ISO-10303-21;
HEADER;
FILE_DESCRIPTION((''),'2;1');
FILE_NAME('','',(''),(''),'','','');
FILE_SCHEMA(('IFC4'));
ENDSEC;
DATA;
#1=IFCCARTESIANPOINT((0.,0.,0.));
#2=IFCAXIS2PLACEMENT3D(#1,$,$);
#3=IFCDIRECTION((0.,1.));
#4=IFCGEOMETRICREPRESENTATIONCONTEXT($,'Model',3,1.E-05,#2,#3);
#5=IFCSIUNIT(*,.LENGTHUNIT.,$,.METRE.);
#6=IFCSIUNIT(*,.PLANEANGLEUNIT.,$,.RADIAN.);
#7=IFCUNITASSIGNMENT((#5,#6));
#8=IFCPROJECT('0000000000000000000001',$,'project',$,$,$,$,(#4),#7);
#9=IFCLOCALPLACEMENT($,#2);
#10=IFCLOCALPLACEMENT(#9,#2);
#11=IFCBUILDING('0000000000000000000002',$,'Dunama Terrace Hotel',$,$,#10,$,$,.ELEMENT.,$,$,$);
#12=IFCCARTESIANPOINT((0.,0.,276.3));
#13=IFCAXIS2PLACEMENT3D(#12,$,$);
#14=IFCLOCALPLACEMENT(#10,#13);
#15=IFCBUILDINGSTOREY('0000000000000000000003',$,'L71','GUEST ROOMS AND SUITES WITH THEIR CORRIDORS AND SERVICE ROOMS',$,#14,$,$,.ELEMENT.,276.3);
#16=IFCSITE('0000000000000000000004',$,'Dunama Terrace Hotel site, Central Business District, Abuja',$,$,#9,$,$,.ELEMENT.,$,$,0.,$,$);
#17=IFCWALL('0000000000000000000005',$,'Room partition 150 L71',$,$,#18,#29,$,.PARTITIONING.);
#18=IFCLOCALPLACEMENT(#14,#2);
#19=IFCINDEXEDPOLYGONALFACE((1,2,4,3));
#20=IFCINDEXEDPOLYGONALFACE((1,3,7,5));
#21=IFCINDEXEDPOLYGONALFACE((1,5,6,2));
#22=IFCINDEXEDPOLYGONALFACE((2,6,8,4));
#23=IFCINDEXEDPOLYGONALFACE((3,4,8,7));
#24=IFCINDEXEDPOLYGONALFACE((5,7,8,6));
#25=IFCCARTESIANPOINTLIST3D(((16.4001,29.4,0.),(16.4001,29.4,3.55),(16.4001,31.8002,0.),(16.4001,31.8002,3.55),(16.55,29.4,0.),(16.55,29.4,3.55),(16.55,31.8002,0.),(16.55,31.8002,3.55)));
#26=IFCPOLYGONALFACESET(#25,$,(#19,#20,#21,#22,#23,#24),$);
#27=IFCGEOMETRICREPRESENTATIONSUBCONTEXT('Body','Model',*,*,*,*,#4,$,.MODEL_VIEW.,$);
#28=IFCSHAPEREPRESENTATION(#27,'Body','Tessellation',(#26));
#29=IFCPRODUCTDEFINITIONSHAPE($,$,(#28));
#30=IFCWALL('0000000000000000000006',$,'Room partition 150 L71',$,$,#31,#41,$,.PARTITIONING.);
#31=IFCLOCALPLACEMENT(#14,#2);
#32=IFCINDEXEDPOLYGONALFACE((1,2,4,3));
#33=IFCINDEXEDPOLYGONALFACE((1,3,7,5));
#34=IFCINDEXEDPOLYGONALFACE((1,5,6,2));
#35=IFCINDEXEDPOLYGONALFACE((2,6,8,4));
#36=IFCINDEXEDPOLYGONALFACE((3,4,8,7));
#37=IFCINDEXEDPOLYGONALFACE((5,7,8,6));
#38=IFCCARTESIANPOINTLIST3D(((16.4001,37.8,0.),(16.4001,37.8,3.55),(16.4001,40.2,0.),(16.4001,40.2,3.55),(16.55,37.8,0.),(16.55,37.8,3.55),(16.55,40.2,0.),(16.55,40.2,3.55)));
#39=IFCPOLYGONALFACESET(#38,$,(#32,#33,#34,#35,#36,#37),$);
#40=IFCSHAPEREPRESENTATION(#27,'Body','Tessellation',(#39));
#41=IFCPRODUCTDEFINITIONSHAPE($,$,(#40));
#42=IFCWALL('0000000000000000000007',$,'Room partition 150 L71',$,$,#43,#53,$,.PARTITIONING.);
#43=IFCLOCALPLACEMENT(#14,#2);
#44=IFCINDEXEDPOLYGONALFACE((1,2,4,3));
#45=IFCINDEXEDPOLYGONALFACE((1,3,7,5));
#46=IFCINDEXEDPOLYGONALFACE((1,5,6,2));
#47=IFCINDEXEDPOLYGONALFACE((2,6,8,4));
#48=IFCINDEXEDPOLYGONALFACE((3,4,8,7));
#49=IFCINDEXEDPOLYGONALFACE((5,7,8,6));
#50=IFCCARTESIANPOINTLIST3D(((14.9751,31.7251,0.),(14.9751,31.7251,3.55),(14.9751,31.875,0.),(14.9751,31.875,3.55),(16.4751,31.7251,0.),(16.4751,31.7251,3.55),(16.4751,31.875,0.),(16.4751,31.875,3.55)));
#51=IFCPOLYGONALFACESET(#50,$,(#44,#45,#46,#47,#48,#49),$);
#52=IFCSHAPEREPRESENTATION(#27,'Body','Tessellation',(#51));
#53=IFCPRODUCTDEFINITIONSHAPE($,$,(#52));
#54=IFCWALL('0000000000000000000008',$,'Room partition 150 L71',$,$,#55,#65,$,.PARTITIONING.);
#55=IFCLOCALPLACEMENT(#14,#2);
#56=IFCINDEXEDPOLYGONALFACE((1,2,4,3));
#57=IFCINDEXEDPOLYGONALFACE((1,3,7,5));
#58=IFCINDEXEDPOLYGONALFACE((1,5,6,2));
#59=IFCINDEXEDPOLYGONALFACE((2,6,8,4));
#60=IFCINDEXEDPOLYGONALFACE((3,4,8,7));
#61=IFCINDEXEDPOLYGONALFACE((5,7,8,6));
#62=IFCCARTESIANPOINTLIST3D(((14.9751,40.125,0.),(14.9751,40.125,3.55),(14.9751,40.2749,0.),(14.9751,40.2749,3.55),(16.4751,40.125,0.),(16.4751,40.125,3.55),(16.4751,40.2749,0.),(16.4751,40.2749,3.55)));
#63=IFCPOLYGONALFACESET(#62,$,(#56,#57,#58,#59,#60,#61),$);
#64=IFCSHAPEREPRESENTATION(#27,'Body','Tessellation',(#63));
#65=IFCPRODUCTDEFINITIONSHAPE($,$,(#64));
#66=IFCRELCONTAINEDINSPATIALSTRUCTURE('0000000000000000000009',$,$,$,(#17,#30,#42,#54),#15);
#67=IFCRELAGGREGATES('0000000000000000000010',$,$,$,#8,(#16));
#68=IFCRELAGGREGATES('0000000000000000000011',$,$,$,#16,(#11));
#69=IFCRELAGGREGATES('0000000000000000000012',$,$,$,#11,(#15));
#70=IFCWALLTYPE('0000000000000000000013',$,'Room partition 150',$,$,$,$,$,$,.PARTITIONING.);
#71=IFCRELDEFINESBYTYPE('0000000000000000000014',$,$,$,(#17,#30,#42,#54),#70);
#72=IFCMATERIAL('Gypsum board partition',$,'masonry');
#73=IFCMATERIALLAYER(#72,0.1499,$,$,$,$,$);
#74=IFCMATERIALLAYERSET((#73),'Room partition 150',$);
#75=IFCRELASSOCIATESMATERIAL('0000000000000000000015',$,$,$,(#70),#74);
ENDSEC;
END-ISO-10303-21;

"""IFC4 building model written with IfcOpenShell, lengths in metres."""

from ifc_helpers import new_model, si_unit, direction, frame, frame_2d, origin, place, context, subcontext, project, spatial, rectangle, extrude, material, layer, layer_set, type_object, element, save


model = new_model("IFC4")

# Units and contexts
model_context = context("Model", 3, precision=1e-05, world=origin(), true_north=direction((0.0, 1.0)))
body_context = subcontext(model_context, "Body", "Model", "MODEL_VIEW")
ifc_project = project(units=[si_unit("LENGTHUNIT", "METRE"), si_unit("PLANEANGLEUNIT", "RADIAN")], contexts=[model_context])

# Site, building, storey
site_placement = place(None, origin())
site = spatial("IfcSite", under=ifc_project, at=site_placement, Name="Dunama Terrace Hotel site, Central Business District, Abuja", CompositionType="ELEMENT", RefElevation=0.0)
building_placement = place(site_placement, origin())
building = spatial("IfcBuilding", under=site, at=building_placement, Name="Dunama Terrace Hotel", CompositionType="ELEMENT")
storey_placement = place(building_placement, frame((0.0, 0.0, 276.3)))
storey = spatial("IfcBuildingStorey", under=building, at=storey_placement, Name="L71", Description="GUEST ROOMS AND SUITES WITH THEIR CORRIDORS AND SERVICE ROOMS", CompositionType="ELEMENT", Elevation=276.3)

# Shared definitions
ifc_material_1 = material(Name="Gypsum board partition", Category="masonry")
ifc_layer_1 = layer(ifc_material_1, 0.1499)
ifc_layer_set_1 = layer_set([ifc_layer_1], Name="Room partition 150")
wall_type_1 = type_object("IfcWallType", Name="Room partition 150", PredefinedType="PARTITIONING", material=ifc_layer_set_1)

# Walls
wall_1_placement = place(storey_placement, frame((16.4751, 29.3999, 0.0), z_axis=(0.0, 0.0, 1.0), x_axis=(0.0, 1.0, 0.0)))
element("IfcWall", 1, at=wall_1_placement, inside=storey, type_object=wall_type_1, Name="Room partition 150 L71", PredefinedType="PARTITIONING", context=body_context, shape_type="SweptSolid", body=[
    extrude(rectangle(XDim=2.4001, YDim=0.1499, at=frame_2d((1.2002, 0.0))), origin(), (0.0, 0.0, 1.0), 3.55),
])
wall_2_placement = place(storey_placement, frame((16.4751, 37.8, 0.0), z_axis=(0.0, 0.0, 1.0), x_axis=(0.0, 1.0, 0.0)))
element("IfcWall", 2, at=wall_2_placement, inside=storey, type_object=wall_type_1, Name="Room partition 150 L71", PredefinedType="PARTITIONING", context=body_context, shape_type="SweptSolid", body=[
    extrude(rectangle(XDim=2.3999, YDim=0.1499, at=frame_2d((1.2, 0.0))), origin(), (0.0, 0.0, 1.0), 3.55),
])
for number, where, z_axis, x_axis, name in (
    (3, (14.9751, 31.8, 0.0), (0.0, 0.0, 1.0), (1.0, 0.0, 0.0), "Room partition 150 L71"),
    (4, (14.9751, 40.2, 0.0), (0.0, 0.0, 1.0), (1.0, 0.0, 0.0), "Room partition 150 L71"),
):
    element("IfcWall", number, at=place(storey_placement, frame(where, z_axis=z_axis, x_axis=x_axis)), inside=storey, type_object=wall_type_1, Name=name, PredefinedType="PARTITIONING", context=body_context, shape_type="SweptSolid", body=[
        extrude(rectangle(XDim=1.5, YDim=0.1499, at=frame_2d((0.75, 0.0))), origin(), (0.0, 0.0, 1.0), 3.55),
    ])

save(model, "model.ifc")
